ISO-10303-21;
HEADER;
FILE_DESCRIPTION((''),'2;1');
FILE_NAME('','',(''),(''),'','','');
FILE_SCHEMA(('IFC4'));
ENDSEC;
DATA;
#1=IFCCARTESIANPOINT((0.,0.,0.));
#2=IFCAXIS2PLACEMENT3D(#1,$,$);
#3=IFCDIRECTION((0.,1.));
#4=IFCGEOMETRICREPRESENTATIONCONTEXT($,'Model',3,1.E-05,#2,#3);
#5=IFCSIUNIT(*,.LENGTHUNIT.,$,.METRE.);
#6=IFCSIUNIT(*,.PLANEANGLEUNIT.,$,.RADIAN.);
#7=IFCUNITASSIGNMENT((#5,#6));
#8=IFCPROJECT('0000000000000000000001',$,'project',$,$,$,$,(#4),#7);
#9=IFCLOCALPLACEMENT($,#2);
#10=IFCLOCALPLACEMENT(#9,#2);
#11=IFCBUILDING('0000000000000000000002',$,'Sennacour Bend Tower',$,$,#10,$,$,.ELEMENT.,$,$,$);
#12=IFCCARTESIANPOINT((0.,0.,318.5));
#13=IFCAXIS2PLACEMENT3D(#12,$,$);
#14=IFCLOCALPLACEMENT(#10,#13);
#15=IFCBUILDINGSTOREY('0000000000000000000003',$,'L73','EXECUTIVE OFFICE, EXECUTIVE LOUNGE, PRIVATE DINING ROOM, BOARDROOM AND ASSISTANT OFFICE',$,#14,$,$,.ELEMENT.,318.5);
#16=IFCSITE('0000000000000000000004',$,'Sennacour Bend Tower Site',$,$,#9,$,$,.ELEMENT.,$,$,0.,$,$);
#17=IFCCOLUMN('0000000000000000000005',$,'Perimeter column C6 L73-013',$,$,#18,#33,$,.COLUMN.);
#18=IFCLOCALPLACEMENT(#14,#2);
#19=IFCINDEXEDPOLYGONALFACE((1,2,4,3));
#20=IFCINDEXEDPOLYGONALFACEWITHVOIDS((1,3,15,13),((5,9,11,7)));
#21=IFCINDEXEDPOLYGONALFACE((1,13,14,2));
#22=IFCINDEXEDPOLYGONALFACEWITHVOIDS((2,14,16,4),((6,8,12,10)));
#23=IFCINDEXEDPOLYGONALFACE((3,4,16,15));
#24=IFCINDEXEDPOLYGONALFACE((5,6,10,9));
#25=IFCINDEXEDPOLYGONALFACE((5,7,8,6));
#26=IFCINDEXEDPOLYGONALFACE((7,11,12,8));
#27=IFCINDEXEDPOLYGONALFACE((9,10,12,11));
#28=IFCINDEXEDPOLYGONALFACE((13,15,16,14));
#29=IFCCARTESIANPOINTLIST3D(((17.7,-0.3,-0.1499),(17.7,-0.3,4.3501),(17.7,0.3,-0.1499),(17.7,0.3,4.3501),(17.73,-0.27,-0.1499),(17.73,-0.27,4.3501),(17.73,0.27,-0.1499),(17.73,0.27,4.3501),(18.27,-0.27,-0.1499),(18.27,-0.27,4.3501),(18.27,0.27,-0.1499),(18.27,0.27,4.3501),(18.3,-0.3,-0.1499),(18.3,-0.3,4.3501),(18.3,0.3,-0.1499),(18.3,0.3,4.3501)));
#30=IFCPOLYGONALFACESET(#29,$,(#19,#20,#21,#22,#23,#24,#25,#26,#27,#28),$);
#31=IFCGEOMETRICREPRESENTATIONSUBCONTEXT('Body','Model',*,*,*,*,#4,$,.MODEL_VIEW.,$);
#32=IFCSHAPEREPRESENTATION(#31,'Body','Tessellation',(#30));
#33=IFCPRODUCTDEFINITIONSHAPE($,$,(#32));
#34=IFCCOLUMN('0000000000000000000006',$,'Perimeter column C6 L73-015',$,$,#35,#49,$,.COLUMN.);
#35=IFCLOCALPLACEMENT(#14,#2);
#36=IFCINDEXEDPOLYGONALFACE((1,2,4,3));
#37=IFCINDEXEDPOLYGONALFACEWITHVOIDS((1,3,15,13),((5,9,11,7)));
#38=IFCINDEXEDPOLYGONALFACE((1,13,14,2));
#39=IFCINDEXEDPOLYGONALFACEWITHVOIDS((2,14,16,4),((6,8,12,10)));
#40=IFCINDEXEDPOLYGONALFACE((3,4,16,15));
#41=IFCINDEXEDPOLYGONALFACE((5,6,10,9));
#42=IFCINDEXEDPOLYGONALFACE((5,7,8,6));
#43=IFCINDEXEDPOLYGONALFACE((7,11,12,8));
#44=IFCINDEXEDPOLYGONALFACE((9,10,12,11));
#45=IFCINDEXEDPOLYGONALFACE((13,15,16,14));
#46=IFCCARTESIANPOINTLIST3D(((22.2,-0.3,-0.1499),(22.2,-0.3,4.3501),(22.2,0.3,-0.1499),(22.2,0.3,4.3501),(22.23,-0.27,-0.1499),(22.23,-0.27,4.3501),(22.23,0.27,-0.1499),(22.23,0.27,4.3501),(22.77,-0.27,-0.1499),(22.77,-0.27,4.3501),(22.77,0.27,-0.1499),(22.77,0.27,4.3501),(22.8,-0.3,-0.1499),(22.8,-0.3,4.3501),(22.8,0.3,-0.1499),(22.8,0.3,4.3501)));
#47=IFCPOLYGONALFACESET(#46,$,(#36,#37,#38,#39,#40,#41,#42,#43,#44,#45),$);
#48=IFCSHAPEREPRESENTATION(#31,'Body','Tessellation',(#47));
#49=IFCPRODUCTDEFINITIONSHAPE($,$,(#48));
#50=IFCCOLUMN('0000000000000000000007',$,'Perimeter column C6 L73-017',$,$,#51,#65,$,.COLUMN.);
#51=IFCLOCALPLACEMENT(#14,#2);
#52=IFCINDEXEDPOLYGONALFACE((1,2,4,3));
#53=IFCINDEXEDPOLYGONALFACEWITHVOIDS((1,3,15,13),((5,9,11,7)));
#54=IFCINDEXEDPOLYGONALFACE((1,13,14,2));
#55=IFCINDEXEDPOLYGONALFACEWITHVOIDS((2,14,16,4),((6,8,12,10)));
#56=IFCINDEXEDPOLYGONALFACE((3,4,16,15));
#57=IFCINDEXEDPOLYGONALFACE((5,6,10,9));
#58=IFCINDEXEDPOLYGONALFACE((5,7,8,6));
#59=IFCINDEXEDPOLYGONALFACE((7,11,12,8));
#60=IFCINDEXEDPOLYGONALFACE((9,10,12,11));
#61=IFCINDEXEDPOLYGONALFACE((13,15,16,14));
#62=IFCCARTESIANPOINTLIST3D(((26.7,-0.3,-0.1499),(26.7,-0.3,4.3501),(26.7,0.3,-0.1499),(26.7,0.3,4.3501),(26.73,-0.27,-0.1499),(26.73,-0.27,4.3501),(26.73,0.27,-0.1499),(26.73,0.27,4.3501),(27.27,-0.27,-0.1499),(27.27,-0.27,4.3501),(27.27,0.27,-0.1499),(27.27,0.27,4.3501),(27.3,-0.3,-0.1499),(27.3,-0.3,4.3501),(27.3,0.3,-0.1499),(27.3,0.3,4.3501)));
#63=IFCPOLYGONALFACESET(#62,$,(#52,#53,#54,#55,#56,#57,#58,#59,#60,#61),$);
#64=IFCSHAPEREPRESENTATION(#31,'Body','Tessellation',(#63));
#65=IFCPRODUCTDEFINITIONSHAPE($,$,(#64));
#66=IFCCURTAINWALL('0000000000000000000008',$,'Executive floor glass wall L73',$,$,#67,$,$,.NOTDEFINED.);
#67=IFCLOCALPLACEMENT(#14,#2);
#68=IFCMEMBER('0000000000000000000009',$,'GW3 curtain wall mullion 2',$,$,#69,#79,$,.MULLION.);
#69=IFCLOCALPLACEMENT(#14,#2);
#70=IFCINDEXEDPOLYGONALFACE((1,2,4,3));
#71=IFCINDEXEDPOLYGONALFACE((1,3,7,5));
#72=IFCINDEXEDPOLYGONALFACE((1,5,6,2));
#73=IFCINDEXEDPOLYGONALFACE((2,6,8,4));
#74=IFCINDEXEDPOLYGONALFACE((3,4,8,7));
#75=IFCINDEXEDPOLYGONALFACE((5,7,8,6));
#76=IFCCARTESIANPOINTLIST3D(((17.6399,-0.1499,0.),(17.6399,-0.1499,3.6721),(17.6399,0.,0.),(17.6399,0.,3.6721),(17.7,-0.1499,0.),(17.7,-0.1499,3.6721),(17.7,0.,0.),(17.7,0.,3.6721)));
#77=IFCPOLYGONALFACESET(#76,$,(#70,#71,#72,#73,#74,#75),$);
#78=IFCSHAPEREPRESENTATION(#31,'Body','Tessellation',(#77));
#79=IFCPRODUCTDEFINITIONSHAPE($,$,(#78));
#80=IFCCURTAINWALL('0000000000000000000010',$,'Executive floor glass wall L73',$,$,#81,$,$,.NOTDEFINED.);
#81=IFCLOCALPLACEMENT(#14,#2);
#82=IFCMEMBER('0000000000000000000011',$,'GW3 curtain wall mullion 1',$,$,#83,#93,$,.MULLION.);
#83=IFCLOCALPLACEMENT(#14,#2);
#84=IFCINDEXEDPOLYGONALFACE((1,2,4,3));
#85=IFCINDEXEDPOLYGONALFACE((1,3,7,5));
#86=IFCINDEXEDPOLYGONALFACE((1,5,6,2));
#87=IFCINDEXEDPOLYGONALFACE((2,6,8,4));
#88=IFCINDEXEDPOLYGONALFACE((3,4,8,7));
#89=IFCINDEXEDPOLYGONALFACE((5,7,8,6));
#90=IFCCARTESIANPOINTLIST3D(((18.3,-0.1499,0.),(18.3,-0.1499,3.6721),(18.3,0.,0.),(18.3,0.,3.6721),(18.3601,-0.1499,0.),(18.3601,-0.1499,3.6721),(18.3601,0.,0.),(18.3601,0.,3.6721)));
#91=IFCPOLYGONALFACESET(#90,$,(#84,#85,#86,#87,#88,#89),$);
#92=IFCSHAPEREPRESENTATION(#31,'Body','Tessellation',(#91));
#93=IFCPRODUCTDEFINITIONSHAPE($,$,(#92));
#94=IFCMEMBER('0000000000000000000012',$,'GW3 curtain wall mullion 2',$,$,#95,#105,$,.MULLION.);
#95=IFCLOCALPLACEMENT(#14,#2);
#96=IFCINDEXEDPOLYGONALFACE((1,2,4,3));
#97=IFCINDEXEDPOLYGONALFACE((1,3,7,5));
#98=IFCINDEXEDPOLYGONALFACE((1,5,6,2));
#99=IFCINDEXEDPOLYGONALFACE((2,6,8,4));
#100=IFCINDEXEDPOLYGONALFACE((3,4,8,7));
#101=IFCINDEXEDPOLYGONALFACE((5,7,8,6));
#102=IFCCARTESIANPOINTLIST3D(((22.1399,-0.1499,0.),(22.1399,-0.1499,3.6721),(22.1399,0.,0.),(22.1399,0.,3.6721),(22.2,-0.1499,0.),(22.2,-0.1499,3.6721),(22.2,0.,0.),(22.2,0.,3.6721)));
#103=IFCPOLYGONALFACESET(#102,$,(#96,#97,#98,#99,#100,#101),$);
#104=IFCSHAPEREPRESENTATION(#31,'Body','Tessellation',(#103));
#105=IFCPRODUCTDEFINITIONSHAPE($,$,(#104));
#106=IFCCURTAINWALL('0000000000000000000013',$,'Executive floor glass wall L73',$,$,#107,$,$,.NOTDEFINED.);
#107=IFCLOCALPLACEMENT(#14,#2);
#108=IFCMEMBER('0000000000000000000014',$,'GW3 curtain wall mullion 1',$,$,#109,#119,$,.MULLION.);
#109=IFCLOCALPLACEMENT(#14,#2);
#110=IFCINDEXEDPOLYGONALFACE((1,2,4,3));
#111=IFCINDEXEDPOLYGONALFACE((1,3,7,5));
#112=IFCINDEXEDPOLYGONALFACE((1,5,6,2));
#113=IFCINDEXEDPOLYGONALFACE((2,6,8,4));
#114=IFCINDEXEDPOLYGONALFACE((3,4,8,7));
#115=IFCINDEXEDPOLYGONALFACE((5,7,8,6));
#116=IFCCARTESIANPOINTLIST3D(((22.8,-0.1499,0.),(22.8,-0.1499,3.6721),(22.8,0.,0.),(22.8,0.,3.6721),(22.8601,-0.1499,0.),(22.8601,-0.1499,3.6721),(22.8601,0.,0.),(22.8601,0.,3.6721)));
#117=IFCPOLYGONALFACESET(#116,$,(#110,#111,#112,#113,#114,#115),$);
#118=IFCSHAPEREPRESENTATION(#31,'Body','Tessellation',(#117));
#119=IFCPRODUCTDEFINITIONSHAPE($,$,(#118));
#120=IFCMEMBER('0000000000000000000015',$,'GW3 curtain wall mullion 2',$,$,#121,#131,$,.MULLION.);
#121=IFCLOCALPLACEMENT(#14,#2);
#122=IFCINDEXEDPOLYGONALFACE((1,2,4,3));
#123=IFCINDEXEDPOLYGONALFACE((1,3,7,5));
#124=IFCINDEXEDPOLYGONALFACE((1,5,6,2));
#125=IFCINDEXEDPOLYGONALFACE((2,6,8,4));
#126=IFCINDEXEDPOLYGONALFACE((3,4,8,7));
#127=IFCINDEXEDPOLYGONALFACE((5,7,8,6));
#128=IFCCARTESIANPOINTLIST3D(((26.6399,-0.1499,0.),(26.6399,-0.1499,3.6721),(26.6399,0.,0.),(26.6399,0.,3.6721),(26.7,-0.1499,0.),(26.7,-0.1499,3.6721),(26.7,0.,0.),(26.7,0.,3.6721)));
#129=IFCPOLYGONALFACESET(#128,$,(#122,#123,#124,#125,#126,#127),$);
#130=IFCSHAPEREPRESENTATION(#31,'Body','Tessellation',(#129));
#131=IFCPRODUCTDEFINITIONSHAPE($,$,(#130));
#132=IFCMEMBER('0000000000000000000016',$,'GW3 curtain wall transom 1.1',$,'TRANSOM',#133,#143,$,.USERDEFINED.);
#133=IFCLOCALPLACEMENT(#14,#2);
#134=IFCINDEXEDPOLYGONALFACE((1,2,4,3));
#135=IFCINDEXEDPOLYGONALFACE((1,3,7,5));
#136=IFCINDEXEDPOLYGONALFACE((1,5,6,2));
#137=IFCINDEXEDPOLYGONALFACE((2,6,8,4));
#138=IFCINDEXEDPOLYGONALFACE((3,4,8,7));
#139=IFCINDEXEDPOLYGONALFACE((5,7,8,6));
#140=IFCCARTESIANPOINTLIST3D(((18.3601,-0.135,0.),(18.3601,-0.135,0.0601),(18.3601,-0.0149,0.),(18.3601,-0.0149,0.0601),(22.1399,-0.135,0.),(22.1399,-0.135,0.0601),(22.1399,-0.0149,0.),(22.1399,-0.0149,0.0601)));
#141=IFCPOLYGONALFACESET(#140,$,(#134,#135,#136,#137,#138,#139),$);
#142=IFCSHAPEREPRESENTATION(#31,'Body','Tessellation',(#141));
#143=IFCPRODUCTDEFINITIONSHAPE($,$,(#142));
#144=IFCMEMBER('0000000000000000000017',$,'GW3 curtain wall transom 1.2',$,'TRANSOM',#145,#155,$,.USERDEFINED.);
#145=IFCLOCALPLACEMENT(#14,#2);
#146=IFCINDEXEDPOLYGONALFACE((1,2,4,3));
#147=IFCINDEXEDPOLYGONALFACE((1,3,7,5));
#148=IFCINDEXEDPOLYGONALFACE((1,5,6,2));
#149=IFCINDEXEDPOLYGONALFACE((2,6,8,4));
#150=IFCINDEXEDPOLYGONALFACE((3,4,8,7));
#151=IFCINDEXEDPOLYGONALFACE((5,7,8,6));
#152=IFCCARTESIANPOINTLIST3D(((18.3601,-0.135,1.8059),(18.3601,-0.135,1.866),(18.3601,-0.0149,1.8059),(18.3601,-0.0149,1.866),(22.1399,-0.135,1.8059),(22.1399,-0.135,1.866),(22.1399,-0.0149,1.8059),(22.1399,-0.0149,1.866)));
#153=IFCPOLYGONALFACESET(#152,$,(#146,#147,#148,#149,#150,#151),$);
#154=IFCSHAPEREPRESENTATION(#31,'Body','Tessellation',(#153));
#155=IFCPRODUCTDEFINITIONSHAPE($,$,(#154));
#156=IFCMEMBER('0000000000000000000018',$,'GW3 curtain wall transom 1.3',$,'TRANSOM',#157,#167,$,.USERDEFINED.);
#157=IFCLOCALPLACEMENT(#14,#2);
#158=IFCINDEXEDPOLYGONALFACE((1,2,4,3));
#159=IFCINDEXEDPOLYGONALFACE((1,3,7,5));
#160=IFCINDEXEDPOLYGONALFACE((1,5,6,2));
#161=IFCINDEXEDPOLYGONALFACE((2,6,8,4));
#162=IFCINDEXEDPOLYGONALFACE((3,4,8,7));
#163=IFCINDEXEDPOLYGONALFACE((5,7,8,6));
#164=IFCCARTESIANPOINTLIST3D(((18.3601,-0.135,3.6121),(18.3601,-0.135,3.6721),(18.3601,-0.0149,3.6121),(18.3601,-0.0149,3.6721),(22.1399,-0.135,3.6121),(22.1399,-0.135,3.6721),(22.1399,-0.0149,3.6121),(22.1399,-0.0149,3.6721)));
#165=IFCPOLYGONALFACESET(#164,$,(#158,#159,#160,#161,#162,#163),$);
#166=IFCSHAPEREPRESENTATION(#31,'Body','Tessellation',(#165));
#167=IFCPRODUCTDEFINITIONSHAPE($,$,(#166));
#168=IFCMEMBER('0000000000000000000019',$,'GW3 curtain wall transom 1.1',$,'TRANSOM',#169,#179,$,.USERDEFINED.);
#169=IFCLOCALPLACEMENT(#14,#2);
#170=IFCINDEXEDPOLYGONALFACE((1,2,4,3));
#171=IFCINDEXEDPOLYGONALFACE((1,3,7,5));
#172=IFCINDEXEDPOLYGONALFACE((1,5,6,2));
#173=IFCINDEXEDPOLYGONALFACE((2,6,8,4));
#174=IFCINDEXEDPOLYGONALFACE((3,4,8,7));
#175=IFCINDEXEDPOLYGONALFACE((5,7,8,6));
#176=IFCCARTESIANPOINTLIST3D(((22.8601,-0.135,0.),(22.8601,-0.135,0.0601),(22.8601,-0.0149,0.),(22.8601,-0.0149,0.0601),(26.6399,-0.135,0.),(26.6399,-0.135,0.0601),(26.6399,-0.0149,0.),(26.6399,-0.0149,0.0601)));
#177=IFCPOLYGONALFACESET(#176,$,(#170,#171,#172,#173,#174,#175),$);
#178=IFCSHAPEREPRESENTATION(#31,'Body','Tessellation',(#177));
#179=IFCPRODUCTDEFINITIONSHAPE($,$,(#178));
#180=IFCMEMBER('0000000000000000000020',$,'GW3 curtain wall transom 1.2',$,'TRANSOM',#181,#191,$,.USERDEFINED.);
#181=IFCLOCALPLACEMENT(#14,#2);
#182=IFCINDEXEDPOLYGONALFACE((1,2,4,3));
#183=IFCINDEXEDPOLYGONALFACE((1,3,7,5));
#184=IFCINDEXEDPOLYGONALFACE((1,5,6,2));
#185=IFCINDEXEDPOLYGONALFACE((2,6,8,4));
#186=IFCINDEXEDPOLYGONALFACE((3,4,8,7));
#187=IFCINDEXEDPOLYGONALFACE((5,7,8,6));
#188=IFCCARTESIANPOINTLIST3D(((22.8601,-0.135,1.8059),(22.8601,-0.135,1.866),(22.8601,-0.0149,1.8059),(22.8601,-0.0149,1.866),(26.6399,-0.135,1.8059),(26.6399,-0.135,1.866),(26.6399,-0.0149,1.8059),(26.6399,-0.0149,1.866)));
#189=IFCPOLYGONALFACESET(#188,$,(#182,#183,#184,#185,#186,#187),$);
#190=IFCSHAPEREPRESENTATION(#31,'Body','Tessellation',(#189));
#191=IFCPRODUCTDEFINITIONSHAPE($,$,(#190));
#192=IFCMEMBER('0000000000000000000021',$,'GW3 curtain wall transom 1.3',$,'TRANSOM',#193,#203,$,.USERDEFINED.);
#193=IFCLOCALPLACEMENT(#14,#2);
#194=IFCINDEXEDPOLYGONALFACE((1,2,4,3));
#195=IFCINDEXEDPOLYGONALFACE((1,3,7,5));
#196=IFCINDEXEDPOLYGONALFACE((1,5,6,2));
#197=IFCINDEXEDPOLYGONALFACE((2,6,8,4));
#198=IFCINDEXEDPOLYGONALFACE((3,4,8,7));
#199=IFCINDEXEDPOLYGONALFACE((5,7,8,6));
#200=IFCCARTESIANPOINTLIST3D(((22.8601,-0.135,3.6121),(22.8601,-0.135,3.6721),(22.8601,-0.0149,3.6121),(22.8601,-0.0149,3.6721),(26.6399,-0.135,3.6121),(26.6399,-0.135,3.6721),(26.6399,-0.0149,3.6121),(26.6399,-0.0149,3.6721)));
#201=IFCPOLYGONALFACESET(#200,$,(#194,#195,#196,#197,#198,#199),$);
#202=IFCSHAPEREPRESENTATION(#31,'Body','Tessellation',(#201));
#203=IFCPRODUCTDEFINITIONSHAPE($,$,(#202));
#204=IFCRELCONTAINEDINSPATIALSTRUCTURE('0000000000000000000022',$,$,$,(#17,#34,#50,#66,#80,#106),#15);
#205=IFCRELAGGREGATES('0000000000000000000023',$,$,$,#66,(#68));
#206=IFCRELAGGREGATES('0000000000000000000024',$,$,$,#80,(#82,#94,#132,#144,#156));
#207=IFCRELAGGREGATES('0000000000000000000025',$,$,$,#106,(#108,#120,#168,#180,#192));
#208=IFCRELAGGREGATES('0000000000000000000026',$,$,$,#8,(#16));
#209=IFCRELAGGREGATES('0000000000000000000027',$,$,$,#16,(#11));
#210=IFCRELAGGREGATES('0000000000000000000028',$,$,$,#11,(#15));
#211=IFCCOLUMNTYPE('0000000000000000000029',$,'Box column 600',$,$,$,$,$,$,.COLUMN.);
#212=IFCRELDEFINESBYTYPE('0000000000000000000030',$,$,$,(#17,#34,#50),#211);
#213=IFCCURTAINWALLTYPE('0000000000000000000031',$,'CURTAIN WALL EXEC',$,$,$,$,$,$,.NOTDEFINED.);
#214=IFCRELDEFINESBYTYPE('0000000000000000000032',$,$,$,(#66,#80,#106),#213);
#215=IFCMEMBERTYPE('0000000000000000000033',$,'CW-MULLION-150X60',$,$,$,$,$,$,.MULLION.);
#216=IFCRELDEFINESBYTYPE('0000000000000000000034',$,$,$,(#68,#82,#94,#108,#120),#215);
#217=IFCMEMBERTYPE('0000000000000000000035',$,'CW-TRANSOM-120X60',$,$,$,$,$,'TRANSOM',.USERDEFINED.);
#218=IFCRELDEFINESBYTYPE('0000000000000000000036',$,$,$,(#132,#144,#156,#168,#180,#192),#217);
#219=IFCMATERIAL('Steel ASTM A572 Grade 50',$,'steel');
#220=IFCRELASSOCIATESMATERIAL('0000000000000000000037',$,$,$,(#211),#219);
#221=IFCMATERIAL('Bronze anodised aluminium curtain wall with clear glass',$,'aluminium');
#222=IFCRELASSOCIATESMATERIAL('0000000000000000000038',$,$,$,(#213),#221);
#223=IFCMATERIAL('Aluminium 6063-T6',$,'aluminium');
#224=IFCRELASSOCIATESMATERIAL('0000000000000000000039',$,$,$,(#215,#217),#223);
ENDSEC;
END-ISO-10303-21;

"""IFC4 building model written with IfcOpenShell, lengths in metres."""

from ifc_helpers import new_model, si_unit, direction, frame, origin, origin_2d, place, context, subcontext, project, spatial, rectangle, hollow_rectangle, extrude, material, material_profile, profile_set, type_object, element, aggregate, save


model = new_model("IFC4")

# Units and contexts
model_context = context("Model", 3, precision=1e-05, world=origin(), true_north=direction((0.0, 1.0)))
body_context = subcontext(model_context, "Body", "Model", "MODEL_VIEW")
ifc_project = project(units=[si_unit("LENGTHUNIT", "METRE"), si_unit("PLANEANGLEUNIT", "RADIAN")], contexts=[model_context])

# Site, building, storey
site_placement = place(None, origin())
site = spatial("IfcSite", under=ifc_project, at=site_placement, Name="Sennacour Bend Tower Site", CompositionType="ELEMENT", RefElevation=0.0)
building_placement = place(site_placement, origin())
building = spatial("IfcBuilding", under=site, at=building_placement, Name="Sennacour Bend Tower", CompositionType="ELEMENT")
storey_placement = place(building_placement, frame((0.0, 0.0, 318.5)))
storey = spatial("IfcBuildingStorey", under=building, at=storey_placement, Name="L73", Description="EXECUTIVE OFFICE, EXECUTIVE LOUNGE, PRIVATE DINING ROOM, BOARDROOM AND ASSISTANT OFFICE", CompositionType="ELEMENT", Elevation=318.5)

# Columns
ifc_material_1 = material(Name="Steel ASTM A572 Grade 50", Category="steel")
ifc_material_profile_1 = material_profile(ifc_material_1, hollow_rectangle(XDim=0.6001, YDim=0.6001, WallThickness=0.03, at=origin_2d()), Name="Steel ASTM A572 Grade 50", Category="steel")
ifc_profile_set_1 = profile_set([ifc_material_profile_1], Name="Steel ASTM A572 Grade 50")
column_type = type_object("IfcColumnType", Name="Box column 600", PredefinedType="COLUMN", material=ifc_profile_set_1)
for number, where, z_axis, x_axis, name in (
    (1, (18.0, 0.0, -0.1499), (0.0, 0.0, 1.0), (1.0, 0.0, 0.0), "Perimeter column C6 L73-013"),
    (2, (22.5, 0.0, -0.1499), (0.0, 0.0, 1.0), (1.0, 0.0, 0.0), "Perimeter column C6 L73-015"),
    (3, (27.0, 0.0, -0.1499), (0.0, 0.0, 1.0), (1.0, 0.0, 0.0), "Perimeter column C6 L73-017"),
):
    element("IfcColumn", number, at=place(storey_placement, frame(where, z_axis=z_axis, x_axis=x_axis)), inside=storey, type_object=column_type, Name=name, PredefinedType="COLUMN", context=body_context, shape_type="SweptSolid", body=[
        extrude(hollow_rectangle(XDim=0.6001, YDim=0.6001, WallThickness=0.03, at=origin_2d()), origin(), (0.0, 0.0, 1.0), 4.5),
    ])

# Curtain wall, member
ifc_material_2 = material(Name="Bronze anodised aluminium curtain wall with clear glass", Category="aluminium")
curtain_wall_type = type_object("IfcCurtainWallType", Name="CURTAIN WALL EXEC", PredefinedType="NOTDEFINED", material=ifc_material_2)
curtain_wall_1_placement = place(storey_placement, origin())
curtain_wall_1 = element("IfcCurtainWall", 4, at=curtain_wall_1_placement, inside=storey, type_object=curtain_wall_type, Name="Executive floor glass wall L73", PredefinedType="NOTDEFINED")
ifc_material_3 = material(Name="Aluminium 6063-T6", Category="aluminium")
ifc_material_profile_2 = material_profile(ifc_material_3, rectangle(XDim=0.1499, YDim=0.0601, at=origin_2d()), Name="Aluminium 6063-T6", Category="aluminium")
ifc_profile_set_2 = profile_set([ifc_material_profile_2], Name="Aluminium 6063-T6")
member_type_1 = type_object("IfcMemberType", Name="CW-MULLION-150X60", PredefinedType="MULLION", material=ifc_profile_set_2)
member_1_placement = place(storey_placement, frame((17.6699, -0.075, 0.0), z_axis=(0.0, 0.0, 1.0), x_axis=(0.0, 1.0, 0.0)))
member_1 = element("IfcMember", 5, at=member_1_placement, type_object=member_type_1, Name="GW3 curtain wall mullion 2", PredefinedType="MULLION", context=body_context, shape_type="SweptSolid", body=[
    extrude(rectangle(XDim=0.1499, YDim=0.0601, at=origin_2d()), origin(), (0.0, 0.0, 1.0), 3.6721),
])
aggregate(curtain_wall_1, [member_1])

# Curtain walls, members
curtain_wall_2_placement = place(storey_placement, origin())
curtain_wall_2 = element("IfcCurtainWall", 6, at=curtain_wall_2_placement, inside=storey, type_object=curtain_wall_type, Name="Executive floor glass wall L73", PredefinedType="NOTDEFINED")
member_2_placement = place(storey_placement, frame((18.3301, -0.075, 0.0), z_axis=(0.0, 0.0, 1.0), x_axis=(0.0, 1.0, 0.0)))
member_2 = element("IfcMember", 7, at=member_2_placement, type_object=member_type_1, Name="GW3 curtain wall mullion 1", PredefinedType="MULLION", context=body_context, shape_type="SweptSolid", body=[
    extrude(rectangle(XDim=0.1499, YDim=0.0601, at=origin_2d()), origin(), (0.0, 0.0, 1.0), 3.6721),
])
member_3_placement = place(storey_placement, frame((22.1699, -0.075, 0.0), z_axis=(0.0, 0.0, 1.0), x_axis=(0.0, 1.0, 0.0)))
member_3 = element("IfcMember", 8, at=member_3_placement, type_object=member_type_1, Name="GW3 curtain wall mullion 2", PredefinedType="MULLION", context=body_context, shape_type="SweptSolid", body=[
    extrude(rectangle(XDim=0.1499, YDim=0.0601, at=origin_2d()), origin(), (0.0, 0.0, 1.0), 3.6721),
])
curtain_wall_3_placement = place(storey_placement, origin())
curtain_wall_3 = element("IfcCurtainWall", 9, at=curtain_wall_3_placement, inside=storey, type_object=curtain_wall_type, Name="Executive floor glass wall L73", PredefinedType="NOTDEFINED")
member_4_placement = place(storey_placement, frame((22.8301, -0.075, 0.0), z_axis=(0.0, 0.0, 1.0), x_axis=(0.0, 1.0, 0.0)))
member_4 = element("IfcMember", 10, at=member_4_placement, type_object=member_type_1, Name="GW3 curtain wall mullion 1", PredefinedType="MULLION", context=body_context, shape_type="SweptSolid", body=[
    extrude(rectangle(XDim=0.1499, YDim=0.0601, at=origin_2d()), origin(), (0.0, 0.0, 1.0), 3.6721),
])
member_5_placement = place(storey_placement, frame((26.6699, -0.075, 0.0), z_axis=(0.0, 0.0, 1.0), x_axis=(0.0, 1.0, 0.0)))
member_5 = element("IfcMember", 11, at=member_5_placement, type_object=member_type_1, Name="GW3 curtain wall mullion 2", PredefinedType="MULLION", context=body_context, shape_type="SweptSolid", body=[
    extrude(rectangle(XDim=0.1499, YDim=0.0601, at=origin_2d()), origin(), (0.0, 0.0, 1.0), 3.6721),
])

# Members
ifc_material_profile_3 = material_profile(ifc_material_3, rectangle(XDim=0.1201, YDim=0.0601, at=origin_2d()), Name="Aluminium 6063-T6", Category="aluminium")
ifc_profile_set_3 = profile_set([ifc_material_profile_3], Name="Aluminium 6063-T6")
member_type_2 = type_object("IfcMemberType", Name="CW-TRANSOM-120X60", ElementType="TRANSOM", PredefinedType="USERDEFINED", material=ifc_profile_set_3)
member_6_placement = place(storey_placement, frame((18.3601, -0.075, 0.03), z_axis=(1.0, 0.0, 0.0), x_axis=(0.0, 1.0, 0.0)))
member_6 = element("IfcMember", 12, at=member_6_placement, type_object=member_type_2, Name="GW3 curtain wall transom 1.1", ObjectType="TRANSOM", PredefinedType="USERDEFINED", context=body_context, shape_type="SweptSolid", body=[
    extrude(rectangle(XDim=0.1201, YDim=0.0601, at=origin_2d()), origin(), (0.0, 0.0, 1.0), 3.7798),
])
member_7_placement = place(storey_placement, frame((18.3601, -0.075, 1.8359), z_axis=(1.0, 0.0, 0.0), x_axis=(0.0, 1.0, 0.0)))
member_7 = element("IfcMember", 13, at=member_7_placement, type_object=member_type_2, Name="GW3 curtain wall transom 1.2", ObjectType="TRANSOM", PredefinedType="USERDEFINED", context=body_context, shape_type="SweptSolid", body=[
    extrude(rectangle(XDim=0.1201, YDim=0.0601, at=origin_2d()), origin(), (0.0, 0.0, 1.0), 3.7798),
])
member_8_placement = place(storey_placement, frame((18.3601, -0.075, 3.6421), z_axis=(1.0, 0.0, 0.0), x_axis=(0.0, 1.0, 0.0)))
member_8 = element("IfcMember", 14, at=member_8_placement, type_object=member_type_2, Name="GW3 curtain wall transom 1.3", ObjectType="TRANSOM", PredefinedType="USERDEFINED", context=body_context, shape_type="SweptSolid", body=[
    extrude(rectangle(XDim=0.1201, YDim=0.0601, at=origin_2d()), origin(), (0.0, 0.0, 1.0), 3.7798),
])
member_9_placement = place(storey_placement, frame((22.8601, -0.075, 0.03), z_axis=(1.0, 0.0, 0.0), x_axis=(0.0, 1.0, 0.0)))
member_9 = element("IfcMember", 15, at=member_9_placement, type_object=member_type_2, Name="GW3 curtain wall transom 1.1", ObjectType="TRANSOM", PredefinedType="USERDEFINED", context=body_context, shape_type="SweptSolid", body=[
    extrude(rectangle(XDim=0.1201, YDim=0.0601, at=origin_2d()), origin(), (0.0, 0.0, 1.0), 3.7798),
])
member_10_placement = place(storey_placement, frame((22.8601, -0.075, 1.8359), z_axis=(1.0, 0.0, 0.0), x_axis=(0.0, 1.0, 0.0)))
member_10 = element("IfcMember", 16, at=member_10_placement, type_object=member_type_2, Name="GW3 curtain wall transom 1.2", ObjectType="TRANSOM", PredefinedType="USERDEFINED", context=body_context, shape_type="SweptSolid", body=[
    extrude(rectangle(XDim=0.1201, YDim=0.0601, at=origin_2d()), origin(), (0.0, 0.0, 1.0), 3.7798),
])
member_11_placement = place(storey_placement, frame((22.8601, -0.075, 3.6421), z_axis=(1.0, 0.0, 0.0), x_axis=(0.0, 1.0, 0.0)))
member_11 = element("IfcMember", 17, at=member_11_placement, type_object=member_type_2, Name="GW3 curtain wall transom 1.3", ObjectType="TRANSOM", PredefinedType="USERDEFINED", context=body_context, shape_type="SweptSolid", body=[
    extrude(rectangle(XDim=0.1201, YDim=0.0601, at=origin_2d()), origin(), (0.0, 0.0, 1.0), 3.7798),
])

aggregate(curtain_wall_2, [member_2, member_3, member_6, member_7, member_8])
aggregate(curtain_wall_3, [member_4, member_5, member_9, member_10, member_11])

save(model, "model.ifc")
